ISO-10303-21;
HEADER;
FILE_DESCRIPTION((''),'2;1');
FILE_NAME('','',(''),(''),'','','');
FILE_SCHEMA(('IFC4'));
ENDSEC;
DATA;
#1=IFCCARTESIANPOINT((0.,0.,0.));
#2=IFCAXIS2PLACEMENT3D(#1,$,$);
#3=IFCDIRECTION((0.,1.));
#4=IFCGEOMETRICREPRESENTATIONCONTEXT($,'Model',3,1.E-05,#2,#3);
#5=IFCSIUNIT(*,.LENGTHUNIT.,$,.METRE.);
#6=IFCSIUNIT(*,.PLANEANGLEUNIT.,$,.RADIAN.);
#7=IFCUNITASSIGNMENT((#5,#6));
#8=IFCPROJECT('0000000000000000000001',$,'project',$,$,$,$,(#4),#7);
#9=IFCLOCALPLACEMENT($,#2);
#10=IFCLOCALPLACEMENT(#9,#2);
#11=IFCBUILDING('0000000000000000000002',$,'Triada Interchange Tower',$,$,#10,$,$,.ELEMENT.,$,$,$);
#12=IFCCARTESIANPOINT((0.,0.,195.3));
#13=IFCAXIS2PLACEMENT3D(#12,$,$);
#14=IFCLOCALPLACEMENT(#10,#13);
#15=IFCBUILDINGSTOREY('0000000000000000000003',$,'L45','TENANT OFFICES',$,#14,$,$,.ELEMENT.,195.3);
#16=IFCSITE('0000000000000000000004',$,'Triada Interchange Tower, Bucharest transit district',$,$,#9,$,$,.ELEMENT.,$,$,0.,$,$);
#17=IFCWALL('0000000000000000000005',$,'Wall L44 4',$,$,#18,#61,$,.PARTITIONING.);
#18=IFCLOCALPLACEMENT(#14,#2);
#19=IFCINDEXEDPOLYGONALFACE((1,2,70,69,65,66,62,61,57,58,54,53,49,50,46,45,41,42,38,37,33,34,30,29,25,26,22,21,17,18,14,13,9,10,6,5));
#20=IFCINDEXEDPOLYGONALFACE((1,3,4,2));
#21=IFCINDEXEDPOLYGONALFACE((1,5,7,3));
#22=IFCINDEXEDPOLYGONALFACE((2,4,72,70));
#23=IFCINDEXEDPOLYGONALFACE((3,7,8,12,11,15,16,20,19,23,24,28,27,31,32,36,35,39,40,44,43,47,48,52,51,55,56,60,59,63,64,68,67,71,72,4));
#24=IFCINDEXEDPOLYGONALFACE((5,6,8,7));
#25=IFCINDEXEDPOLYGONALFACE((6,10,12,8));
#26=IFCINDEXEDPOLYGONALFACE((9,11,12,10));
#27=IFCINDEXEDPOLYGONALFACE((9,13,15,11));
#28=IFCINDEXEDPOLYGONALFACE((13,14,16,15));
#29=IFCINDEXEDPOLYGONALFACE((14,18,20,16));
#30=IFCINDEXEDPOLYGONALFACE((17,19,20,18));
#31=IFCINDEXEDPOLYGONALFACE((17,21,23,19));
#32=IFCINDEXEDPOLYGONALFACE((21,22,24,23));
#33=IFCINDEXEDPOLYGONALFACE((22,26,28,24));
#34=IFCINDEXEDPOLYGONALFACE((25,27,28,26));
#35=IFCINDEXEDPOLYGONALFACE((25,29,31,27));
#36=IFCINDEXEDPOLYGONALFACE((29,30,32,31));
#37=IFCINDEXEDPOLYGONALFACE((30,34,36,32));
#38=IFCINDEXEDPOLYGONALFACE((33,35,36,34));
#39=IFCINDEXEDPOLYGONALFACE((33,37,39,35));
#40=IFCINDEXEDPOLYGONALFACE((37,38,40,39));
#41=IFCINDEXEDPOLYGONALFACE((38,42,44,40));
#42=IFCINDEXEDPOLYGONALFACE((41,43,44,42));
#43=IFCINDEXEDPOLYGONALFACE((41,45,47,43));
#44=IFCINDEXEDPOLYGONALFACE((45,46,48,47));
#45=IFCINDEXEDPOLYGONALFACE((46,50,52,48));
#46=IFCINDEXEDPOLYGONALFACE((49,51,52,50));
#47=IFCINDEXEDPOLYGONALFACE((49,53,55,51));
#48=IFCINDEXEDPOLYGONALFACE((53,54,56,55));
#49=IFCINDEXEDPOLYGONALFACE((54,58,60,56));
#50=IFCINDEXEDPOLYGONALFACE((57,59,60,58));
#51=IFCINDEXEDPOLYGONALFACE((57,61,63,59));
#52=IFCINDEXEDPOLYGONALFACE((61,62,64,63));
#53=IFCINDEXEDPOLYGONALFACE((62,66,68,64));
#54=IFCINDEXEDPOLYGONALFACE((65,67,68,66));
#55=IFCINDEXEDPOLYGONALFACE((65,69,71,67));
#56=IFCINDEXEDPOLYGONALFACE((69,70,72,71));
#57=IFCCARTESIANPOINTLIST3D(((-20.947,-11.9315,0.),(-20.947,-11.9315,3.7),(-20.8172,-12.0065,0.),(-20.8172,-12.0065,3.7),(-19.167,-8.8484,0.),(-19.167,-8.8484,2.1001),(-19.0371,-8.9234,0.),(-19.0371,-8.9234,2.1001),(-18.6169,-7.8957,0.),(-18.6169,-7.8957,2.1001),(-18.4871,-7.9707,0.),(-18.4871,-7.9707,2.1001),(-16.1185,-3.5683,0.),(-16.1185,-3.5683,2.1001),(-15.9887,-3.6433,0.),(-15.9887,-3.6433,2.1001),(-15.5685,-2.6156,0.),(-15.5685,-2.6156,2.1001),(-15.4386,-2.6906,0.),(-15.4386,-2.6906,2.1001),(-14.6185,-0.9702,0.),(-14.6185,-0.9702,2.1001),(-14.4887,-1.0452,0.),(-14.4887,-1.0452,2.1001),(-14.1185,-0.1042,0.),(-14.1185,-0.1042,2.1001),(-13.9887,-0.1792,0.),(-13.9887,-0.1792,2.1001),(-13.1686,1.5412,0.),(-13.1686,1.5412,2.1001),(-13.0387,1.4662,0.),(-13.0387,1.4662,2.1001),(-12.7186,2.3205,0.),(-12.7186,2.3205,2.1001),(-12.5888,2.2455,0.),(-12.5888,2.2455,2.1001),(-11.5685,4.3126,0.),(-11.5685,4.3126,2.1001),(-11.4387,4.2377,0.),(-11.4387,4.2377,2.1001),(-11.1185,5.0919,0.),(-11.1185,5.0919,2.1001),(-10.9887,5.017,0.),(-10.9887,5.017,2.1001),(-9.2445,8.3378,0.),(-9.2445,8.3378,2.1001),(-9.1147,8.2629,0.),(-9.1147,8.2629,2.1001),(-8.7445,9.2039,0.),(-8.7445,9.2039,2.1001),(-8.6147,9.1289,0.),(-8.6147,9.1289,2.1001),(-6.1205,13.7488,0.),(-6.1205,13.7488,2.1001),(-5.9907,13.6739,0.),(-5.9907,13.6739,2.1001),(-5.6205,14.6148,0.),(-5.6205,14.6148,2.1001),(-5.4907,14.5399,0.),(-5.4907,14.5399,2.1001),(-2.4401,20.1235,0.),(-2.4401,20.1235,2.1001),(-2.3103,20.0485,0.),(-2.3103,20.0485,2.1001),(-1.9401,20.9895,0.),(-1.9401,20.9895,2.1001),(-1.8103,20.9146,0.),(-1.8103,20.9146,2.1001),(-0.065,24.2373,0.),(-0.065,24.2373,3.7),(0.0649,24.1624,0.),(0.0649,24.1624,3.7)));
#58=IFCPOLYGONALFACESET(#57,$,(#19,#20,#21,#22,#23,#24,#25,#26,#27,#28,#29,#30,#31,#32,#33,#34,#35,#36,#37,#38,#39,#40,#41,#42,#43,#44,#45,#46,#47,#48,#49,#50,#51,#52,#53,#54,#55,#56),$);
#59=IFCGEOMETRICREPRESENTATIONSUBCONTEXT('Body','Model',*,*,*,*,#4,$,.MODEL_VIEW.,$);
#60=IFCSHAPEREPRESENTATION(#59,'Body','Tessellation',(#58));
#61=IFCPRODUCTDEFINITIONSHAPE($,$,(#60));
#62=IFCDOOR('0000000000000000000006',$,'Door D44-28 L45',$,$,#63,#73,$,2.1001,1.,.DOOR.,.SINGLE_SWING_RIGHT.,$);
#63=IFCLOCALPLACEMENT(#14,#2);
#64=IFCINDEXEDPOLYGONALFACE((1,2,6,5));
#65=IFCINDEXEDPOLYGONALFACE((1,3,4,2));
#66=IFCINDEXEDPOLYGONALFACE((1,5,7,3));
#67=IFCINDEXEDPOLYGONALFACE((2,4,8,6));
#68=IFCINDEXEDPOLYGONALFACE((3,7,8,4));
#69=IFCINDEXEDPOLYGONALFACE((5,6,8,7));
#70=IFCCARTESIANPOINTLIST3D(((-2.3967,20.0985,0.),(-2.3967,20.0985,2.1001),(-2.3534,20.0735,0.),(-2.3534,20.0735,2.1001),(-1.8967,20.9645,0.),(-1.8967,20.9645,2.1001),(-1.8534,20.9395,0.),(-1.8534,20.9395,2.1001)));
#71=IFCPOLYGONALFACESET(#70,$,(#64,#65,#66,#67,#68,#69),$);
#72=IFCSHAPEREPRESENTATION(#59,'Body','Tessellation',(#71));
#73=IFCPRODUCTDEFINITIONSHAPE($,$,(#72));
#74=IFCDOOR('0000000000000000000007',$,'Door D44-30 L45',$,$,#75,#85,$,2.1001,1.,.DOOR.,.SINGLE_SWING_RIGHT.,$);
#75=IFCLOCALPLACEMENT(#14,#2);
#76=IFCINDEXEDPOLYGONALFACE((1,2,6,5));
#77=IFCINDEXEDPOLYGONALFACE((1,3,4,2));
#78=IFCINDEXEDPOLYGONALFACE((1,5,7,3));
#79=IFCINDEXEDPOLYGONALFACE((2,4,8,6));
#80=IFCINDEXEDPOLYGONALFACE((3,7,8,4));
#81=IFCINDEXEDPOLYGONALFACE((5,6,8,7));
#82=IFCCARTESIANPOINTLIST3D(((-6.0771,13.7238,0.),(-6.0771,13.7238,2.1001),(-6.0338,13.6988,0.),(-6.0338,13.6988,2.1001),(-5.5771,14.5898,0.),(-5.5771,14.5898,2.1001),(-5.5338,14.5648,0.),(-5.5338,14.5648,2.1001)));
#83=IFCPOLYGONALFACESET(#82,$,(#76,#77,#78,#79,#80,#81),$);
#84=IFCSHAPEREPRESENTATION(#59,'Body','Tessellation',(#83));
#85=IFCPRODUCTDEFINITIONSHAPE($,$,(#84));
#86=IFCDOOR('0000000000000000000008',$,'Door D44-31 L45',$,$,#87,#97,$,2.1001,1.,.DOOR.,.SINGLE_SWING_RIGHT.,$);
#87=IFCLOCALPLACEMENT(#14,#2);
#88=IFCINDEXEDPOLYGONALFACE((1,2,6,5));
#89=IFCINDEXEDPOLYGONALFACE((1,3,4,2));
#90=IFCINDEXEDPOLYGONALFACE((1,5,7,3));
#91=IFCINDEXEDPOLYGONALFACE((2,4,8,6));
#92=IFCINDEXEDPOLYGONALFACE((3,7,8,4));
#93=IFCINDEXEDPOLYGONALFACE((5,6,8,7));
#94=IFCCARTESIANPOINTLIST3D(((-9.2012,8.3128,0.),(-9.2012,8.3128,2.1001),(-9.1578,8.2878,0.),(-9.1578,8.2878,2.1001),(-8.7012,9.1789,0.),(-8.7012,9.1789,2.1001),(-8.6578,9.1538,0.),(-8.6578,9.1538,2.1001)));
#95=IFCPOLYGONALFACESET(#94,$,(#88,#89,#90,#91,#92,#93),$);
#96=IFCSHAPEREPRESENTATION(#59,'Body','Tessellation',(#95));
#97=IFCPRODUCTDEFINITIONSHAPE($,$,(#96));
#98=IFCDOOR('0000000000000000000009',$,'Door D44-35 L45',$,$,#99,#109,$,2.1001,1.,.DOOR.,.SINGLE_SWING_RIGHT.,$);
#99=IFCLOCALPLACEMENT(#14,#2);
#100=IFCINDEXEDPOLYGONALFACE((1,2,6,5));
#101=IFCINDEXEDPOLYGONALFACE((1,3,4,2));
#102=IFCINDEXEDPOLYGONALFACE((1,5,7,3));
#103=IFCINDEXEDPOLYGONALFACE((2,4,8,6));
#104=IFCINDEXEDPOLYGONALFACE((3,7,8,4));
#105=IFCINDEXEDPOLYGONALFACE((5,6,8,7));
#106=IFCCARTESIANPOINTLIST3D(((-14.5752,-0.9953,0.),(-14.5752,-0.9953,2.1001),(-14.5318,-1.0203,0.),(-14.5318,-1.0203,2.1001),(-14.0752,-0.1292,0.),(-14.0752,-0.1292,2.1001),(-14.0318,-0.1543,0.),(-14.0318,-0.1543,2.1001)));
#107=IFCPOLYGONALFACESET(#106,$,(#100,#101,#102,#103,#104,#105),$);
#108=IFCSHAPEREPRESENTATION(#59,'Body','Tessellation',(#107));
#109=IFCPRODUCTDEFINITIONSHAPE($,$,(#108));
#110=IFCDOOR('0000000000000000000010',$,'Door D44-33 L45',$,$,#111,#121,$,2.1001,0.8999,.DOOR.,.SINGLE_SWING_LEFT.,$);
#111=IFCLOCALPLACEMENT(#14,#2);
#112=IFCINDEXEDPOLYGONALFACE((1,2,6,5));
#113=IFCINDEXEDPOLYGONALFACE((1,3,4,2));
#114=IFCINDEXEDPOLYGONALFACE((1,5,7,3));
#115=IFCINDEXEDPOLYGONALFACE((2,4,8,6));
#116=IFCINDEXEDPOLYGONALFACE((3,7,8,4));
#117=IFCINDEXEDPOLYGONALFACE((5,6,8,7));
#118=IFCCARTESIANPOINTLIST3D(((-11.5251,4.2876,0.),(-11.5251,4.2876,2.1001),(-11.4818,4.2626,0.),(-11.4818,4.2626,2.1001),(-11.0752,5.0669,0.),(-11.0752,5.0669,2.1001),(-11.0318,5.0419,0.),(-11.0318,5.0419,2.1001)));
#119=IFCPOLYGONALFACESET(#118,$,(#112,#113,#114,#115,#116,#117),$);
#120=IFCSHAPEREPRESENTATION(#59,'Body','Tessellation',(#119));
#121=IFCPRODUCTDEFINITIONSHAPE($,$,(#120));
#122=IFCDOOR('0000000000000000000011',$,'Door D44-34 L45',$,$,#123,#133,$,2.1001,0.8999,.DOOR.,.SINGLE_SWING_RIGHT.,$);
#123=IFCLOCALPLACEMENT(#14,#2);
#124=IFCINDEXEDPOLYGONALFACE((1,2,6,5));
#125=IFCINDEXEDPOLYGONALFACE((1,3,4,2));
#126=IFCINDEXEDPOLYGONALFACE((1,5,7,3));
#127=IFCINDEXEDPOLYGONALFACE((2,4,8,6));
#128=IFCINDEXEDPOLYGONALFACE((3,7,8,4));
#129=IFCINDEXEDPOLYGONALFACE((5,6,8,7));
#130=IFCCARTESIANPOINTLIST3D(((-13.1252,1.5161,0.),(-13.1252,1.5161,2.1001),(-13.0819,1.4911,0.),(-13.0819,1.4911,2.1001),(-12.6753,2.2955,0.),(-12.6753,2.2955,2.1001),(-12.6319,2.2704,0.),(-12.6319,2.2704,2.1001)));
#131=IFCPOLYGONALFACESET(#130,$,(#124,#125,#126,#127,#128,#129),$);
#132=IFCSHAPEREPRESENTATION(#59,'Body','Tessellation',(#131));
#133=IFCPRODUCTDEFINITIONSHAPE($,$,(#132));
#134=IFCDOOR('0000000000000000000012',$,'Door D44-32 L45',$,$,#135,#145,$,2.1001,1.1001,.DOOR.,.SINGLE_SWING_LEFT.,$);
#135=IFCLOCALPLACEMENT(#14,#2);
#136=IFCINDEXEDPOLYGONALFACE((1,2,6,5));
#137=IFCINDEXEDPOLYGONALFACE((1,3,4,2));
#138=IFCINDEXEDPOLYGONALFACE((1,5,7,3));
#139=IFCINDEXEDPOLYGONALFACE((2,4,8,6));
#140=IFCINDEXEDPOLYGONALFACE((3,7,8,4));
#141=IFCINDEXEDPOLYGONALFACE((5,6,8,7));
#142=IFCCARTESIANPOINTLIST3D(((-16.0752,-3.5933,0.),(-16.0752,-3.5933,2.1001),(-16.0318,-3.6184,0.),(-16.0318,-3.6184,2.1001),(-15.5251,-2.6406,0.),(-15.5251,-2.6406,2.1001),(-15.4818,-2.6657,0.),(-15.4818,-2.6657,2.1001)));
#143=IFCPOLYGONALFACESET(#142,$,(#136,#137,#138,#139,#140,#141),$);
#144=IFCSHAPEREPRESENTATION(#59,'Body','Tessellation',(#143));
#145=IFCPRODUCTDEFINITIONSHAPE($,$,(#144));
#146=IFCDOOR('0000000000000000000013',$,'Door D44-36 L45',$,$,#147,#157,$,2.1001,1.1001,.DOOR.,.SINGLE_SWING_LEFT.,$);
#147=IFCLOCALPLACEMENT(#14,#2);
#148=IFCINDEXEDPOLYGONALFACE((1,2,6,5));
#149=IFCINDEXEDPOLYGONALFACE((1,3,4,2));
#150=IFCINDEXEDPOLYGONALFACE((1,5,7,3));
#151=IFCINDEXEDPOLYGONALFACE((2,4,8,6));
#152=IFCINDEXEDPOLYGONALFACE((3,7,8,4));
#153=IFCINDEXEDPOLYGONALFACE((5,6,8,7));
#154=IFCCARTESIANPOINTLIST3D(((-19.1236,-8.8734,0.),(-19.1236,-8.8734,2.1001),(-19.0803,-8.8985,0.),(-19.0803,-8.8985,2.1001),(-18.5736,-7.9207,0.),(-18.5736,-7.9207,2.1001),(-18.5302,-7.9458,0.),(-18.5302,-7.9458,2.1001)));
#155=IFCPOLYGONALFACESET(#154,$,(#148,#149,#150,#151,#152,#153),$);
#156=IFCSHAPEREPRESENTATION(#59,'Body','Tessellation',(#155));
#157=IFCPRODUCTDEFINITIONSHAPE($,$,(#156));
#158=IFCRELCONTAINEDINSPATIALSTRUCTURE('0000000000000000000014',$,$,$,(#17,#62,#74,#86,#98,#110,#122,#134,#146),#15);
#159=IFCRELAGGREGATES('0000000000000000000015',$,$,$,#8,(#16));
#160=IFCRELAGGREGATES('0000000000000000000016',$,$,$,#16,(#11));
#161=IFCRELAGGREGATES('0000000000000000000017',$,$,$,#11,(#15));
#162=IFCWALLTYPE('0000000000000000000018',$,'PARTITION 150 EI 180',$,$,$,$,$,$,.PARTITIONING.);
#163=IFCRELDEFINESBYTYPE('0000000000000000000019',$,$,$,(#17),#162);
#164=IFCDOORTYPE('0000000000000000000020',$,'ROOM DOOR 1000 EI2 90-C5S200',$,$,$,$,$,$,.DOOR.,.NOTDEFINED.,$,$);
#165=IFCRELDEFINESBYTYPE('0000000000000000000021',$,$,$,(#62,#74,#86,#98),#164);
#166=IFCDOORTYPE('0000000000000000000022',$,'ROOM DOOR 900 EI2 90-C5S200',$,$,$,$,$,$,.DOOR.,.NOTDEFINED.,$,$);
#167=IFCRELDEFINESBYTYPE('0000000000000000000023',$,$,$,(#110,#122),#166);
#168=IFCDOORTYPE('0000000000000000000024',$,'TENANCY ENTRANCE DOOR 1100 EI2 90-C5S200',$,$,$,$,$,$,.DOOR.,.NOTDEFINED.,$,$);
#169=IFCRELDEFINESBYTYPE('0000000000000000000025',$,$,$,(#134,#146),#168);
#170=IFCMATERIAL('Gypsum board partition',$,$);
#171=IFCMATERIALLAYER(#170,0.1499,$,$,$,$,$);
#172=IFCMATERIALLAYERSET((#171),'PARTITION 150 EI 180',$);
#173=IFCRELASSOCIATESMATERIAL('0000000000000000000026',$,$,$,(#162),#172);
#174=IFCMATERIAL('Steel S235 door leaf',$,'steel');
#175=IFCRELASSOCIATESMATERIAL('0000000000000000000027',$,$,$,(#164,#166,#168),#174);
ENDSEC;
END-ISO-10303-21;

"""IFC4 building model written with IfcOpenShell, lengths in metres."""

from ifc_helpers import new_model, si_unit, direction, frame, frame_2d, origin, place, context, subcontext, project, spatial, rectangle, extrude, material, layer, layer_set, type_object, element, fill, save


model = new_model("IFC4")

# Units and contexts
model_context = context("Model", 3, precision=1e-05, world=origin(), true_north=direction((0.0, 1.0)))
body_context = subcontext(model_context, "Body", "Model", "MODEL_VIEW")
ifc_project = project(units=[si_unit("LENGTHUNIT", "METRE"), si_unit("PLANEANGLEUNIT", "RADIAN")], contexts=[model_context])

# Site, building, storey
site_placement = place(None, origin())
site = spatial("IfcSite", under=ifc_project, at=site_placement, Name="Triada Interchange Tower, Bucharest transit district", CompositionType="ELEMENT", RefElevation=0.0)
building_placement = place(site_placement, origin())
building = spatial("IfcBuilding", under=site, at=building_placement, Name="Triada Interchange Tower", CompositionType="ELEMENT")
storey_placement = place(building_placement, frame((0.0, 0.0, 195.3)))
storey = spatial("IfcBuildingStorey", under=building, at=storey_placement, Name="L45", Description="TENANT OFFICES", CompositionType="ELEMENT", Elevation=195.3)

# Wall, openings, doors
ifc_material_1 = material(Name="Gypsum board partition")
ifc_layer_1 = layer(ifc_material_1, 0.1499)
ifc_layer_set_1 = layer_set([ifc_layer_1], Name="PARTITION 150 EI 180")
wall_type_1 = type_object("IfcWallType", Name="PARTITION 150 EI 180", PredefinedType="PARTITIONING", material=ifc_layer_set_1)
wall_1_placement = place(storey_placement, frame((-20.8821, -11.969, 0.0), z_axis=(0.0, 0.0, 1.0), x_axis=(0.499999, 0.866026, 0.0)))
wall_1 = element("IfcWall", 1, at=wall_1_placement, inside=storey, type_object=wall_type_1, Name="Wall L44 4", PredefinedType="PARTITIONING", context=body_context, shape_type="SweptSolid", body=[
    extrude(rectangle(XDim=41.7642, YDim=0.1499, at=frame_2d((20.8821, 0.0))), origin(), (0.0, 0.0, 1.0), 3.7),
])
opening_1_placement = place(wall_1_placement, frame((37.0139, 0.0, 0.0)))
opening_1 = element("IfcOpeningElement", 2, at=opening_1_placement, cuts=wall_1, PredefinedType="OPENING", context=body_context, shape_type="SweptSolid", body=[
    extrude(rectangle(XDim=1.0, YDim=2.1001, at=frame_2d((0.5, 1.05))), frame((0.0, 0.085, 0.0), z_axis=(0.0, -1.0, 0.0), x_axis=(1.0, 0.0, 0.0)), (0.0, 0.0, 1.0), 0.1699),
])
opening_2_placement = place(wall_1_placement, frame((29.6531, 0.0, 0.0)))
opening_2 = element("IfcOpeningElement", 3, at=opening_2_placement, cuts=wall_1, PredefinedType="OPENING", context=body_context, shape_type="SweptSolid", body=[
    extrude(rectangle(XDim=1.0, YDim=2.1001, at=frame_2d((0.5, 1.05))), frame((0.0, 0.085, 0.0), z_axis=(0.0, -1.0, 0.0), x_axis=(1.0, 0.0, 0.0)), (0.0, 0.0, 1.0), 0.1699),
])
opening_3_placement = place(wall_1_placement, frame((23.405, 0.0, 0.0)))
opening_3 = element("IfcOpeningElement", 4, at=opening_3_placement, cuts=wall_1, PredefinedType="OPENING", context=body_context, shape_type="SweptSolid", body=[
    extrude(rectangle(XDim=1.0, YDim=2.1001, at=frame_2d((0.5, 1.05))), frame((0.0, 0.085, 0.0), z_axis=(0.0, -1.0, 0.0), x_axis=(1.0, 0.0, 0.0)), (0.0, 0.0, 1.0), 0.1699),
])
opening_4_placement = place(wall_1_placement, frame((9.657, 0.0, 0.0)))
opening_4 = element("IfcOpeningElement", 5, at=opening_4_placement, cuts=wall_1, PredefinedType="OPENING", context=body_context, shape_type="SweptSolid", body=[
    extrude(rectangle(XDim=1.1001, YDim=2.1001, at=frame_2d((0.55, 1.05))), frame((0.0, 0.085, 0.0), z_axis=(0.0, -1.0, 0.0), x_axis=(1.0, 0.0, 0.0)), (0.0, 0.0, 1.0), 0.1699),
])
opening_5_placement = place(wall_1_placement, frame((18.7571, 0.0, 0.0)))
opening_5 = element("IfcOpeningElement", 6, at=opening_5_placement, cuts=wall_1, PredefinedType="OPENING", context=body_context, shape_type="SweptSolid", body=[
    extrude(rectangle(XDim=0.8999, YDim=2.1001, at=frame_2d((0.45, 1.05))), frame((0.0, 0.085, 0.0), z_axis=(0.0, -1.0, 0.0), x_axis=(1.0, 0.0, 0.0)), (0.0, 0.0, 1.0), 0.1699),
])
opening_6_placement = place(wall_1_placement, frame((15.5569, 0.0, 0.0)))
opening_6 = element("IfcOpeningElement", 7, at=opening_6_placement, cuts=wall_1, PredefinedType="OPENING", context=body_context, shape_type="SweptSolid", body=[
    extrude(rectangle(XDim=0.8999, YDim=2.1001, at=frame_2d((0.45, 1.05))), frame((0.0, 0.085, 0.0), z_axis=(0.0, -1.0, 0.0), x_axis=(1.0, 0.0, 0.0)), (0.0, 0.0, 1.0), 0.1699),
])
opening_7_placement = place(wall_1_placement, frame((12.657, 0.0, 0.0)))
opening_7 = element("IfcOpeningElement", 8, at=opening_7_placement, cuts=wall_1, PredefinedType="OPENING", context=body_context, shape_type="SweptSolid", body=[
    extrude(rectangle(XDim=1.0, YDim=2.1001, at=frame_2d((0.5, 1.05))), frame((0.0, 0.085, 0.0), z_axis=(0.0, -1.0, 0.0), x_axis=(1.0, 0.0, 0.0)), (0.0, 0.0, 1.0), 0.1699),
])
opening_8_placement = place(wall_1_placement, frame((3.5601, 0.0, 0.0)))
opening_8 = element("IfcOpeningElement", 9, at=opening_8_placement, cuts=wall_1, PredefinedType="OPENING", context=body_context, shape_type="SweptSolid", body=[
    extrude(rectangle(XDim=1.1001, YDim=2.1001, at=frame_2d((0.55, 1.05))), frame((0.0, 0.085, 0.0), z_axis=(0.0, -1.0, 0.0), x_axis=(1.0, 0.0, 0.0)), (0.0, 0.0, 1.0), 0.1699),
])
ifc_material_2 = material(Name="Steel S235 door leaf", Category="steel")
door_type_1 = type_object("IfcDoorType", Name="ROOM DOOR 1000 EI2 90-C5S200", OperationType="NOTDEFINED", PredefinedType="DOOR", material=ifc_material_2)
door_1_placement = place(opening_1_placement, origin())
door_1 = element("IfcDoor", 10, at=door_1_placement, inside=storey, type_object=door_type_1, Name="Door D44-28 L45", OperationType="SINGLE_SWING_RIGHT", OverallHeight=2.1001, OverallWidth=1.0, PredefinedType="DOOR", context=body_context, shape_type="SweptSolid", body=[
    extrude(rectangle(XDim=1.0, YDim=2.1001, at=frame_2d((0.5, 1.05))), frame((0.0, 0.0249, 0.0), z_axis=(0.0, -1.0, 0.0), x_axis=(1.0, 0.0, 0.0)), (0.0, 0.0, 1.0), 0.05),
])
fill(opening_1, door_1)
door_2_placement = place(opening_2_placement, origin())
door_2 = element("IfcDoor", 11, at=door_2_placement, inside=storey, type_object=door_type_1, Name="Door D44-30 L45", OperationType="SINGLE_SWING_RIGHT", OverallHeight=2.1001, OverallWidth=1.0, PredefinedType="DOOR", context=body_context, shape_type="SweptSolid", body=[
    extrude(rectangle(XDim=1.0, YDim=2.1001, at=frame_2d((0.5, 1.05))), frame((0.0, 0.0249, 0.0), z_axis=(0.0, -1.0, 0.0), x_axis=(1.0, 0.0, 0.0)), (0.0, 0.0, 1.0), 0.05),
])
fill(opening_2, door_2)
door_3_placement = place(opening_3_placement, origin())
door_3 = element("IfcDoor", 12, at=door_3_placement, inside=storey, type_object=door_type_1, Name="Door D44-31 L45", OperationType="SINGLE_SWING_RIGHT", OverallHeight=2.1001, OverallWidth=1.0, PredefinedType="DOOR", context=body_context, shape_type="SweptSolid", body=[
    extrude(rectangle(XDim=1.0, YDim=2.1001, at=frame_2d((0.5, 1.05))), frame((0.0, 0.0249, 0.0), z_axis=(0.0, -1.0, 0.0), x_axis=(1.0, 0.0, 0.0)), (0.0, 0.0, 1.0), 0.05),
])
fill(opening_3, door_3)
door_4_placement = place(opening_7_placement, origin())
door_4 = element("IfcDoor", 13, at=door_4_placement, inside=storey, type_object=door_type_1, Name="Door D44-35 L45", OperationType="SINGLE_SWING_RIGHT", OverallHeight=2.1001, OverallWidth=1.0, PredefinedType="DOOR", context=body_context, shape_type="SweptSolid", body=[
    extrude(rectangle(XDim=1.0, YDim=2.1001, at=frame_2d((0.5, 1.05))), frame((0.0, 0.0249, 0.0), z_axis=(0.0, -1.0, 0.0), x_axis=(1.0, 0.0, 0.0)), (0.0, 0.0, 1.0), 0.05),
])
fill(opening_7, door_4)
door_type_2 = type_object("IfcDoorType", Name="ROOM DOOR 900 EI2 90-C5S200", OperationType="NOTDEFINED", PredefinedType="DOOR", material=ifc_material_2)
door_5_placement = place(opening_5_placement, origin())
door_5 = element("IfcDoor", 14, at=door_5_placement, inside=storey, type_object=door_type_2, Name="Door D44-33 L45", OperationType="SINGLE_SWING_LEFT", OverallHeight=2.1001, OverallWidth=0.8999, PredefinedType="DOOR", context=body_context, shape_type="SweptSolid", body=[
    extrude(rectangle(XDim=0.8999, YDim=2.1001, at=frame_2d((0.45, 1.05))), frame((0.0, 0.0249, 0.0), z_axis=(0.0, -1.0, 0.0), x_axis=(1.0, 0.0, 0.0)), (0.0, 0.0, 1.0), 0.05),
])
fill(opening_5, door_5)
door_6_placement = place(opening_6_placement, origin())
door_6 = element("IfcDoor", 15, at=door_6_placement, inside=storey, type_object=door_type_2, Name="Door D44-34 L45", OperationType="SINGLE_SWING_RIGHT", OverallHeight=2.1001, OverallWidth=0.8999, PredefinedType="DOOR", context=body_context, shape_type="SweptSolid", body=[
    extrude(rectangle(XDim=0.8999, YDim=2.1001, at=frame_2d((0.45, 1.05))), frame((0.0, 0.0249, 0.0), z_axis=(0.0, -1.0, 0.0), x_axis=(1.0, 0.0, 0.0)), (0.0, 0.0, 1.0), 0.05),
])
fill(opening_6, door_6)
door_type_3 = type_object("IfcDoorType", Name="TENANCY ENTRANCE DOOR 1100 EI2 90-C5S200", OperationType="NOTDEFINED", PredefinedType="DOOR", material=ifc_material_2)
door_7_placement = place(opening_4_placement, origin())
door_7 = element("IfcDoor", 16, at=door_7_placement, inside=storey, type_object=door_type_3, Name="Door D44-32 L45", OperationType="SINGLE_SWING_LEFT", OverallHeight=2.1001, OverallWidth=1.1001, PredefinedType="DOOR", context=body_context, shape_type="SweptSolid", body=[
    extrude(rectangle(XDim=1.1001, YDim=2.1001, at=frame_2d((0.55, 1.05))), frame((0.0, 0.0249, 0.0), z_axis=(0.0, -1.0, 0.0), x_axis=(1.0, 0.0, 0.0)), (0.0, 0.0, 1.0), 0.05),
])
fill(opening_4, door_7)
door_8_placement = place(opening_8_placement, origin())
door_8 = element("IfcDoor", 17, at=door_8_placement, inside=storey, type_object=door_type_3, Name="Door D44-36 L45", OperationType="SINGLE_SWING_LEFT", OverallHeight=2.1001, OverallWidth=1.1001, PredefinedType="DOOR", context=body_context, shape_type="SweptSolid", body=[
    extrude(rectangle(XDim=1.1001, YDim=2.1001, at=frame_2d((0.55, 1.05))), frame((0.0, 0.0249, 0.0), z_axis=(0.0, -1.0, 0.0), x_axis=(1.0, 0.0, 0.0)), (0.0, 0.0, 1.0), 0.05),
])
fill(opening_8, door_8)

save(model, "model.ifc")
